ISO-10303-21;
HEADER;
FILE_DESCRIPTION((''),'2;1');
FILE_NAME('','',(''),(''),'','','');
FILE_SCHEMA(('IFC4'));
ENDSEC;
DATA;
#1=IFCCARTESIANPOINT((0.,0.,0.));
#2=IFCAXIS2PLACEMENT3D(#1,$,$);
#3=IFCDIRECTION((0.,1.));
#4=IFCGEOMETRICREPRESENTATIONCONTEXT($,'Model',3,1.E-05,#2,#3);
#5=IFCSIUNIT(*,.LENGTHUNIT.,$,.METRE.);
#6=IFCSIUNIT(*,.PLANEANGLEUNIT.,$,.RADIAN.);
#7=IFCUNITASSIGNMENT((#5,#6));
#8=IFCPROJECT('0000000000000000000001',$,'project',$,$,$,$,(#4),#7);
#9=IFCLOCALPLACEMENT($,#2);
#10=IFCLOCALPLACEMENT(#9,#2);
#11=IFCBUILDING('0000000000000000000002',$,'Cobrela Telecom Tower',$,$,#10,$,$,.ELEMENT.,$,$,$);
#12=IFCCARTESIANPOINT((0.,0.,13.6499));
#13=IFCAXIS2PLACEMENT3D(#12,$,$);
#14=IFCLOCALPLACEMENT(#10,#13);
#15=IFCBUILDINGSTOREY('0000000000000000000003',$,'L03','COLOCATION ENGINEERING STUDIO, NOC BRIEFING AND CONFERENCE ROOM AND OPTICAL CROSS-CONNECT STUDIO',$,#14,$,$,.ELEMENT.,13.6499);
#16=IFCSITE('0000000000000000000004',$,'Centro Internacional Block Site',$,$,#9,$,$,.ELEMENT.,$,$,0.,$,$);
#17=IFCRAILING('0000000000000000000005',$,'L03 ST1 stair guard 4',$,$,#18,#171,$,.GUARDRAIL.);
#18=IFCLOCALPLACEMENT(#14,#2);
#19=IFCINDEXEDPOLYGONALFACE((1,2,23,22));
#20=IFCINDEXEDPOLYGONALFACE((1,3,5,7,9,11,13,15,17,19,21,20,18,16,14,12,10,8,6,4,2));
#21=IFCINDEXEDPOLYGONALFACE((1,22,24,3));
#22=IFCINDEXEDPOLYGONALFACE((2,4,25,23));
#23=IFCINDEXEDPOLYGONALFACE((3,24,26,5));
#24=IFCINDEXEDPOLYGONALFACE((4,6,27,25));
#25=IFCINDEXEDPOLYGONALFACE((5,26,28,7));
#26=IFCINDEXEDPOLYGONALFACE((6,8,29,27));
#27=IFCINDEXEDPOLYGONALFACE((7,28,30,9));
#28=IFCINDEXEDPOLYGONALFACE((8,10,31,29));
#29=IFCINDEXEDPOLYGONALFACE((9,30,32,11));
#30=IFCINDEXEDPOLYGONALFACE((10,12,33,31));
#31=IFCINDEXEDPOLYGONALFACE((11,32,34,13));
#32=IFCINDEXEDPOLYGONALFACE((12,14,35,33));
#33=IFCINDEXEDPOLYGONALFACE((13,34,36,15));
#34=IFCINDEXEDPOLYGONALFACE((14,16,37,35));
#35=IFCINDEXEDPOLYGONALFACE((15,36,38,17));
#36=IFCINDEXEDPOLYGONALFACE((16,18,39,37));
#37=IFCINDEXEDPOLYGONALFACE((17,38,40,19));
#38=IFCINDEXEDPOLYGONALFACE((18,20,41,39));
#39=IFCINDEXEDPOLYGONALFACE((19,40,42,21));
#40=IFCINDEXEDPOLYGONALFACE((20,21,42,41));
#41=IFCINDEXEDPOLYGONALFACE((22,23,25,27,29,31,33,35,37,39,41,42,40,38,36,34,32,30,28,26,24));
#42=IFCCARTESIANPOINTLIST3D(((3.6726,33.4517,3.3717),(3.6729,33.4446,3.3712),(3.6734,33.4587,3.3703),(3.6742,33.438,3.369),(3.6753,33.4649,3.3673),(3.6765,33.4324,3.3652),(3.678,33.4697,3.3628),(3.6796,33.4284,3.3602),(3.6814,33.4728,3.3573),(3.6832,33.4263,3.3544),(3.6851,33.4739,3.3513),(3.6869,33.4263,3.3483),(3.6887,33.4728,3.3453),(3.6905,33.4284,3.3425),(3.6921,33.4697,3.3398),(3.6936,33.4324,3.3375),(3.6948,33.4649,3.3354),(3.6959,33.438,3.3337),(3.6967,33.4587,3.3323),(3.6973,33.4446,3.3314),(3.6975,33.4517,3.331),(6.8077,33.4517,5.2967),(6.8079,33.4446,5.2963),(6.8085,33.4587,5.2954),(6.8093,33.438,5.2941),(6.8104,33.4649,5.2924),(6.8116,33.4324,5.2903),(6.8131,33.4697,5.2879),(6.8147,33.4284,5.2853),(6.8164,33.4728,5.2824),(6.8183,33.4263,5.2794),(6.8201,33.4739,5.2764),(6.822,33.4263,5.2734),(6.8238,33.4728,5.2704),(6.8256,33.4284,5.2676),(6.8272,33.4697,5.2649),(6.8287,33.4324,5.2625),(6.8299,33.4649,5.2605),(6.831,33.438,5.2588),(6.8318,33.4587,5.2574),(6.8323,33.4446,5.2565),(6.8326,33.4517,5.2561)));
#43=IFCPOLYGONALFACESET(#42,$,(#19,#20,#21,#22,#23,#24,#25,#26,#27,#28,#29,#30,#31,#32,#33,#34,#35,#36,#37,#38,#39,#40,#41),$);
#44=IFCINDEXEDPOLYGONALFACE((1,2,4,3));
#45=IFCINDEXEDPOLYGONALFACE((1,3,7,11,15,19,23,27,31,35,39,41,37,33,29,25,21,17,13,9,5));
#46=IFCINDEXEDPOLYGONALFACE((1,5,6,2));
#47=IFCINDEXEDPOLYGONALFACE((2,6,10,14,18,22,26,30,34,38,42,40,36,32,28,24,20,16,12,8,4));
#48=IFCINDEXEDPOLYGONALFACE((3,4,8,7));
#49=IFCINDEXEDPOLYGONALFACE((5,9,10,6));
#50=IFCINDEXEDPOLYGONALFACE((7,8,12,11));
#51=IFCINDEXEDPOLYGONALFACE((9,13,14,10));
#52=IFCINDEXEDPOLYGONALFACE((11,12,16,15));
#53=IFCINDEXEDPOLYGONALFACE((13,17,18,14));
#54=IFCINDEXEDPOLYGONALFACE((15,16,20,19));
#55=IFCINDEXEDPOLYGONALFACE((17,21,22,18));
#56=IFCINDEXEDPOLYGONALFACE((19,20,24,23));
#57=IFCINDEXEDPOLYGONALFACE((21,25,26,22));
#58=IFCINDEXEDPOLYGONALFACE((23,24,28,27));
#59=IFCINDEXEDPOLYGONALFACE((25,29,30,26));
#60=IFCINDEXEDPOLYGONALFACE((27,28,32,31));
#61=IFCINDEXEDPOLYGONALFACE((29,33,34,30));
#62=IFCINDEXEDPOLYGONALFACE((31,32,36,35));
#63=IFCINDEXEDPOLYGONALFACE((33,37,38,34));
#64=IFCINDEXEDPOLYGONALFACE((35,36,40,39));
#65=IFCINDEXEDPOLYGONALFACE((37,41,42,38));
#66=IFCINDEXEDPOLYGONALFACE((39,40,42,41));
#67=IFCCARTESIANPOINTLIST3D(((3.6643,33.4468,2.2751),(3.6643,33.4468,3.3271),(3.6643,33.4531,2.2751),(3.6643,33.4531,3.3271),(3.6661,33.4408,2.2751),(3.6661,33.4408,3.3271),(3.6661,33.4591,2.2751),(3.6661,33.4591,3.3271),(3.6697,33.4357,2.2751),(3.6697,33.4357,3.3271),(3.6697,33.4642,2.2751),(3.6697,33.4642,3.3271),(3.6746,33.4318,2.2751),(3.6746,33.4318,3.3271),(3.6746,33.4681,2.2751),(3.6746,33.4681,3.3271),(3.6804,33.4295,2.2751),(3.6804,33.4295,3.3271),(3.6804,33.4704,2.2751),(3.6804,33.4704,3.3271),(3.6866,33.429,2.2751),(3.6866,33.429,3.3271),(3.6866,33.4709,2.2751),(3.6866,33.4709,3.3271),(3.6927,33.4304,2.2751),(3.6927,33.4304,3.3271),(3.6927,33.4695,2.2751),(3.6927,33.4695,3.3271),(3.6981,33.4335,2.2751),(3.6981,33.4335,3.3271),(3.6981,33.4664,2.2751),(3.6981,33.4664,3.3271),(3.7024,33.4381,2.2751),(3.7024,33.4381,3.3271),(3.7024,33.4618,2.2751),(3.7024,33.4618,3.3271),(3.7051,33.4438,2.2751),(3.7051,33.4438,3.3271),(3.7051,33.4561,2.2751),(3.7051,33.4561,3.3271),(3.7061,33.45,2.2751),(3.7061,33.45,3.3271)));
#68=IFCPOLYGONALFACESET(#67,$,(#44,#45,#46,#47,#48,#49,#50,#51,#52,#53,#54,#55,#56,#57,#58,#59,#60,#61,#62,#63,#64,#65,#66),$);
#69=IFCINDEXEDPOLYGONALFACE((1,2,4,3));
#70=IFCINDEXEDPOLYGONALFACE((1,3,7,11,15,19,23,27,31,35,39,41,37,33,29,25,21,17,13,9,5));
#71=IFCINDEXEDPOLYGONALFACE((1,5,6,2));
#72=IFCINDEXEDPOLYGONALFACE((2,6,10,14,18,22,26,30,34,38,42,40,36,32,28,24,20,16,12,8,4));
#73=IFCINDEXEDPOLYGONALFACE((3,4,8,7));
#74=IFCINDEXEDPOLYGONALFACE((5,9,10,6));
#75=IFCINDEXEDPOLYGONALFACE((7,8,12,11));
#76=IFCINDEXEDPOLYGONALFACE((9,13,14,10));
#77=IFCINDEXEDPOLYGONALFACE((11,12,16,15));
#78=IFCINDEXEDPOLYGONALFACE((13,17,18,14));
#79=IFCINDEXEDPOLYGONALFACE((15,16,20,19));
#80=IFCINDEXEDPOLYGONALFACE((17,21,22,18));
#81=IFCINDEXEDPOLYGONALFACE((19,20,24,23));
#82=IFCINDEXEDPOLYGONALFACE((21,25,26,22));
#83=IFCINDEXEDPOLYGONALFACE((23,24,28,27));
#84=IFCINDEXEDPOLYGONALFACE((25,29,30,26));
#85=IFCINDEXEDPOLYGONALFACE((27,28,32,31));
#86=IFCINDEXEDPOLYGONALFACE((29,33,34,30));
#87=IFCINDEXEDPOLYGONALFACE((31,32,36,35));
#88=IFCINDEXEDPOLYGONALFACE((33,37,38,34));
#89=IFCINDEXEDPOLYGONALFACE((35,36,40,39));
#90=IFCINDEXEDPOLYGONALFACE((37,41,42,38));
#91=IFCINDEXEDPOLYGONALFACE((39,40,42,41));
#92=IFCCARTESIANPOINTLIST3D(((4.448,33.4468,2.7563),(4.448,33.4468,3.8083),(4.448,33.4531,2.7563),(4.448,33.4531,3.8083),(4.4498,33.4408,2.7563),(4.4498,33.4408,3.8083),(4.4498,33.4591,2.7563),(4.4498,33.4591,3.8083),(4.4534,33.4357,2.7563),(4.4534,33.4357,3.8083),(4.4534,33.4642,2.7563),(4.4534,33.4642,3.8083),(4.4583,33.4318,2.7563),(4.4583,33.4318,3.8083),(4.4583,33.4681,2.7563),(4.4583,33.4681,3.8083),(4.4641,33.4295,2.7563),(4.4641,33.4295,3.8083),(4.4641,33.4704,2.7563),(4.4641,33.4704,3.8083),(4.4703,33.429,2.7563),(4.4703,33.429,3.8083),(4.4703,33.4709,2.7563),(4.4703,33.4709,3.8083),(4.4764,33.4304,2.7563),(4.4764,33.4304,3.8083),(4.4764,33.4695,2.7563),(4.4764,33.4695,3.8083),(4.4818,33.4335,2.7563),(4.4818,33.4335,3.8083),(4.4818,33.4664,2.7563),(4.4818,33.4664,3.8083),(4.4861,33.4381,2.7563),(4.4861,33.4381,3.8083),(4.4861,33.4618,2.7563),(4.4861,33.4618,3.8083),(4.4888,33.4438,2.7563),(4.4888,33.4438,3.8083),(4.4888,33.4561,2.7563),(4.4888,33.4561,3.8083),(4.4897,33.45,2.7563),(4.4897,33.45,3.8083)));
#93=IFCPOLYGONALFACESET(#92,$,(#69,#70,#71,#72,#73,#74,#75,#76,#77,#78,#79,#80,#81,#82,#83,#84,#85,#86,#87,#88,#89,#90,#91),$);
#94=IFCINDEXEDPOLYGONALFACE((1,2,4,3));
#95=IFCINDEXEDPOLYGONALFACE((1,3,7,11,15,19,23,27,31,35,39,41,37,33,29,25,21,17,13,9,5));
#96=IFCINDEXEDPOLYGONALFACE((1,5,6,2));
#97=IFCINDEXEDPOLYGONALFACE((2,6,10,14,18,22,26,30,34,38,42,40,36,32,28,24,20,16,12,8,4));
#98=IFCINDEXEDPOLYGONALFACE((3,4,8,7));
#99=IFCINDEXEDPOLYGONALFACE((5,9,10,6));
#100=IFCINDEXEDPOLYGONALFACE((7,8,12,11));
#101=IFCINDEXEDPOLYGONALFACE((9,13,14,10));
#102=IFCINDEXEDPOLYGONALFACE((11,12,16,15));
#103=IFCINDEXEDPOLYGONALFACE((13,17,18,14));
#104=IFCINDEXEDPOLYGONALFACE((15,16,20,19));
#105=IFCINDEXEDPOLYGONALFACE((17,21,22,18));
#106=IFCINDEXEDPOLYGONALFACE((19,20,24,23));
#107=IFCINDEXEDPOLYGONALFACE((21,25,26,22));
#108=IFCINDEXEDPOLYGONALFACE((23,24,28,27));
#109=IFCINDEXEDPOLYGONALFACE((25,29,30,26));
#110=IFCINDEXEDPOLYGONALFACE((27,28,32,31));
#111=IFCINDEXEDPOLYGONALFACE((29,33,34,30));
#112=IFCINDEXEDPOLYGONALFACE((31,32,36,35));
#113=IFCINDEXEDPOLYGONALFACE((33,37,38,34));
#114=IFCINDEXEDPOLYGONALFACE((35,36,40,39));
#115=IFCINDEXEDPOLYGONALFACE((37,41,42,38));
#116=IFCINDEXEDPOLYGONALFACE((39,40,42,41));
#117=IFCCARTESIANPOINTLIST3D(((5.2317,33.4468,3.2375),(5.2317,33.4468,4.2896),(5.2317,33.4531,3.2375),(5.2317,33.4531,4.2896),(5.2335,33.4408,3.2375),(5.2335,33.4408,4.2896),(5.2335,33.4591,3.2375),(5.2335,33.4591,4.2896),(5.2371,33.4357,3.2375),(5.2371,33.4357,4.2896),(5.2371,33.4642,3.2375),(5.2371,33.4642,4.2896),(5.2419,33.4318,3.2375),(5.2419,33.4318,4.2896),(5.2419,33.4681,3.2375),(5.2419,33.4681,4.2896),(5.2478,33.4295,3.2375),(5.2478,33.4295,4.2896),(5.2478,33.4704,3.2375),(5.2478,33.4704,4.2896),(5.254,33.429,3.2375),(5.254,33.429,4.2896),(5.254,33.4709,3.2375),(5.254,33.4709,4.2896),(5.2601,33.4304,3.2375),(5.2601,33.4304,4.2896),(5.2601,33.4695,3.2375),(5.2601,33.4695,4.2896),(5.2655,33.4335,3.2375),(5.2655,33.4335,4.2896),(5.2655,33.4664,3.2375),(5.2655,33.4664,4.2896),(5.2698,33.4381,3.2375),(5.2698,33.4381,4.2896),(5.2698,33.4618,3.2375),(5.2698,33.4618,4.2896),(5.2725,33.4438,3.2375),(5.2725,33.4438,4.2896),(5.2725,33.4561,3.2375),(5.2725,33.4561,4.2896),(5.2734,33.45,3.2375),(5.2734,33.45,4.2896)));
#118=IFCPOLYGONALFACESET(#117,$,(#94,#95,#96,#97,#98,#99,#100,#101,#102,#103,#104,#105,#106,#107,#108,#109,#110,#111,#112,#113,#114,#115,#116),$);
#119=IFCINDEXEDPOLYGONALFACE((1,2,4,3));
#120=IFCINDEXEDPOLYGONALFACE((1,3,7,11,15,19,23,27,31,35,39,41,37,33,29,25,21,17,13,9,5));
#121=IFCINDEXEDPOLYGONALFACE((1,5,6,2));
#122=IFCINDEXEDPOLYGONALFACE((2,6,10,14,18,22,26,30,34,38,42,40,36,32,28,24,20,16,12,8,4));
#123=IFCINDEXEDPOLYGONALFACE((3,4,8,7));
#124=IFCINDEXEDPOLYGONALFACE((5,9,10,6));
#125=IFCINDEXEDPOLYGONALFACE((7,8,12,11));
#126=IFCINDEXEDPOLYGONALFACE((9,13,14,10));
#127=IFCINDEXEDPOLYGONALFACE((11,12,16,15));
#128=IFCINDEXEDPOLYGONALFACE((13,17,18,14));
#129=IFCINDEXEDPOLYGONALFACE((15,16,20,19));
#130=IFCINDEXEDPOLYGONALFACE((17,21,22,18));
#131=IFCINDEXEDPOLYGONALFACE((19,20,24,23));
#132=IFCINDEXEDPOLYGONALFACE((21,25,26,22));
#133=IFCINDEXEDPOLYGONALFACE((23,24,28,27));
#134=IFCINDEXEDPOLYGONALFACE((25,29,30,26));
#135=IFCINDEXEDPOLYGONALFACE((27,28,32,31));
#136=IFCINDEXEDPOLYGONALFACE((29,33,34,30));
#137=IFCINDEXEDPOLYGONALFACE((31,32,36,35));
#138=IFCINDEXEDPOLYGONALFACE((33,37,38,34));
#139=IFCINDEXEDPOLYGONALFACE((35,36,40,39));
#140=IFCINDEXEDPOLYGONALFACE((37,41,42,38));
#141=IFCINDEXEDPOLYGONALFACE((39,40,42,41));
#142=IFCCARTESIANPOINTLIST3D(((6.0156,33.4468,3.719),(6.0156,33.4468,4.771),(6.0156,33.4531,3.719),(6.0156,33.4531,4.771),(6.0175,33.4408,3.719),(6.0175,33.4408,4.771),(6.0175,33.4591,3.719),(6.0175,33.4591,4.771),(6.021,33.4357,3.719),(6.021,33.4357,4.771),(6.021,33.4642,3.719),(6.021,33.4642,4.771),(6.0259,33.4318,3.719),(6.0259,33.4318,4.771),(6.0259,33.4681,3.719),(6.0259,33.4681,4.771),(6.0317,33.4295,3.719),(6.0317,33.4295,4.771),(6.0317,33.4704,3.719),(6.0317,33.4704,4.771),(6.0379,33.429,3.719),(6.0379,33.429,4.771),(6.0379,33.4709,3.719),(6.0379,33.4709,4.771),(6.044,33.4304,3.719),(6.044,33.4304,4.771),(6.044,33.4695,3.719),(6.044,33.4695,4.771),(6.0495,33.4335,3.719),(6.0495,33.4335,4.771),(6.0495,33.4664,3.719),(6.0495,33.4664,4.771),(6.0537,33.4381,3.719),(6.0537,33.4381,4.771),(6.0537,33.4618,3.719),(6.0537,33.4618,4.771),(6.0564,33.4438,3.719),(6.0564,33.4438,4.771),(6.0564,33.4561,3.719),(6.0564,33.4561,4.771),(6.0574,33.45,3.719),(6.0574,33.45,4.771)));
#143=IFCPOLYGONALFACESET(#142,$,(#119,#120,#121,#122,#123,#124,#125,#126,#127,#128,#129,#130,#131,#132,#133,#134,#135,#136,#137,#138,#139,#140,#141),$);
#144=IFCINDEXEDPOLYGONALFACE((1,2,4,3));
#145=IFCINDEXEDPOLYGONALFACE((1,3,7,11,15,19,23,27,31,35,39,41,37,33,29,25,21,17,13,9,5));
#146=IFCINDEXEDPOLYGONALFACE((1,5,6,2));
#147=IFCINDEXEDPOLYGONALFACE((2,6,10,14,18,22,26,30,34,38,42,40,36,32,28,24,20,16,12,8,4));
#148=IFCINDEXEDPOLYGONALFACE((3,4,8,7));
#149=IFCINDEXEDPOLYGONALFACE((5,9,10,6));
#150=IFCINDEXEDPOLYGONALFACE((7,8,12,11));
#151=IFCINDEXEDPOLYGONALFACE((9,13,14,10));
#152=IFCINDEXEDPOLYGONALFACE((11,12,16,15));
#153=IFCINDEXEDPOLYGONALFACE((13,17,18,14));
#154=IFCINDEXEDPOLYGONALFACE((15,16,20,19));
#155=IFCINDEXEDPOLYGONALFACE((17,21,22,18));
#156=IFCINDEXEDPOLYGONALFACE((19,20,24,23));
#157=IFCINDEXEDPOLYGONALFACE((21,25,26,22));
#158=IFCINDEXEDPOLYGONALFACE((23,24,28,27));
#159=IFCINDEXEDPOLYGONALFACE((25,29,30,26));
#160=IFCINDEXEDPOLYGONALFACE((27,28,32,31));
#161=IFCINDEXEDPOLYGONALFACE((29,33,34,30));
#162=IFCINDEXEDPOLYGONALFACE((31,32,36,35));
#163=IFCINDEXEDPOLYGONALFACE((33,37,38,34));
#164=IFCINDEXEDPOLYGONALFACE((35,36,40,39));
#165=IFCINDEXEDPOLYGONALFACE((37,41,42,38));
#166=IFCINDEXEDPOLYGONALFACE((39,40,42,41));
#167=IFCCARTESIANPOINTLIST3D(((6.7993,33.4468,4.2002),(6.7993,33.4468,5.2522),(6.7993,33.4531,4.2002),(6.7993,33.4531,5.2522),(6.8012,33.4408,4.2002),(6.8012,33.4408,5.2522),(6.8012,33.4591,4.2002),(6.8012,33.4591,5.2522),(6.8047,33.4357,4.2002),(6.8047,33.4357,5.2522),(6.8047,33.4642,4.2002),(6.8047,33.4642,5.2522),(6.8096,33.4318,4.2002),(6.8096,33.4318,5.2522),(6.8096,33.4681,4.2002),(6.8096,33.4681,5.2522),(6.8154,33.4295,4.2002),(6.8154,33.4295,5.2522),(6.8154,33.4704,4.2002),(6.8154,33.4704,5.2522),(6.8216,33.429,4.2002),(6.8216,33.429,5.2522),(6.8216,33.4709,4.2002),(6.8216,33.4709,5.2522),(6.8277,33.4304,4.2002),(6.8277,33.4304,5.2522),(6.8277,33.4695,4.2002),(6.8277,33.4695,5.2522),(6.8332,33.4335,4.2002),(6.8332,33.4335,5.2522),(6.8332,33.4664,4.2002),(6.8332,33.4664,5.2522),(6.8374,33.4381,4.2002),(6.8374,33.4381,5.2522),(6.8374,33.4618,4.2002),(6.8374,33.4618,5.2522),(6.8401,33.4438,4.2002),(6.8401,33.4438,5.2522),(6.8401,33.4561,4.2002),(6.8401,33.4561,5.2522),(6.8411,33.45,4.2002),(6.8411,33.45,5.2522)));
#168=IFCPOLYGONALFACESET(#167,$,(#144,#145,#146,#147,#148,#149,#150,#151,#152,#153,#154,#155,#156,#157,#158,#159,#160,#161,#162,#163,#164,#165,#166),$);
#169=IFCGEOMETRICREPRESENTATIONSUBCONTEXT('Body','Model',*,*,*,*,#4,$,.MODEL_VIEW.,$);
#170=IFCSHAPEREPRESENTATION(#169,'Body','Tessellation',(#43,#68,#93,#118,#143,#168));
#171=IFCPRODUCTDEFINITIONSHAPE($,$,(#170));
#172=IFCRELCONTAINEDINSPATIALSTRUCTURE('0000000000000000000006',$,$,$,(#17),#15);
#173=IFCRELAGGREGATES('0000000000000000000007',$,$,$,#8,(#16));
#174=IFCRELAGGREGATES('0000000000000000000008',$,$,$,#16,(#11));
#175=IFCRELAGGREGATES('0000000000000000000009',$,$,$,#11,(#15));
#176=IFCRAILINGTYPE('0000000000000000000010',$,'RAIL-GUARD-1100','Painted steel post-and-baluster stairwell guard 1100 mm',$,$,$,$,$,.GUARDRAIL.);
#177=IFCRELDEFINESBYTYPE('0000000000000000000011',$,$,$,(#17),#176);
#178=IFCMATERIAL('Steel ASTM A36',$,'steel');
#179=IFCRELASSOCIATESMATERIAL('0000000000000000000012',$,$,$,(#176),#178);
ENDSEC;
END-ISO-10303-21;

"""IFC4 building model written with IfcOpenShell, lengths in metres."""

from ifc_helpers import new_model, si_unit, direction, frame, origin, origin_2d, place, context, subcontext, project, spatial, circle, extrude, material, type_object, element, save


model = new_model("IFC4")

# Units and contexts
model_context = context("Model", 3, precision=1e-05, world=origin(), true_north=direction((0.0, 1.0)))
body_context = subcontext(model_context, "Body", "Model", "MODEL_VIEW")
ifc_project = project(units=[si_unit("LENGTHUNIT", "METRE"), si_unit("PLANEANGLEUNIT", "RADIAN")], contexts=[model_context])

# Site, building, storey
site_placement = place(None, origin())
site = spatial("IfcSite", under=ifc_project, at=site_placement, Name="Centro Internacional Block Site", CompositionType="ELEMENT", RefElevation=0.0)
building_placement = place(site_placement, origin())
building = spatial("IfcBuilding", under=site, at=building_placement, Name="Cobrela Telecom Tower", CompositionType="ELEMENT")
storey_placement = place(building_placement, frame((0.0, 0.0, 13.6499)))
storey = spatial("IfcBuildingStorey", under=building, at=storey_placement, Name="L03", Description="COLOCATION ENGINEERING STUDIO, NOC BRIEFING AND CONFERENCE ROOM AND OPTICAL CROSS-CONNECT STUDIO", CompositionType="ELEMENT", Elevation=13.6499)

# Shared definitions
ifc_material_1 = material(Name="Steel ASTM A36", Category="steel")

# Railing
railing_type_1 = type_object("IfcRailingType", Name="RAIL-GUARD-1100", Description="Painted steel post-and-baluster stairwell guard 1100 mm", PredefinedType="GUARDRAIL", material=ifc_material_1)
railing_1_placement = place(storey_placement, frame((3.6851, 33.45, 2.2751)))
element("IfcRailing", 1, at=railing_1_placement, inside=storey, type_object=railing_type_1, Name="L03 ST1 stair guard 4", PredefinedType="GUARDRAIL", context=body_context, shape_type="SweptSolid", body=[
    extrude(circle(Radius=0.0239, at=origin_2d()), frame((0.0, 0.0, 1.0762), z_axis=(0.852166, 0.0, 0.523271), x_axis=(0.0, 1.0, 0.0)), (0.0, 0.0, 1.0), 3.679),
    extrude(circle(Radius=0.021, at=origin_2d()), origin(), (0.0, 0.0, 1.0), 1.052),
    extrude(circle(Radius=0.021, at=origin_2d()), frame((0.7837, 0.0, 0.4812)), (0.0, 0.0, 1.0), 1.052),
    extrude(circle(Radius=0.021, at=origin_2d()), frame((1.5674, 0.0, 0.9624)), (0.0, 0.0, 1.0), 1.052),
    extrude(circle(Radius=0.021, at=origin_2d()), frame((2.3513, 0.0, 1.4438)), (0.0, 0.0, 1.0), 1.052),
    extrude(circle(Radius=0.021, at=origin_2d()), frame((3.135, 0.0, 1.925)), (0.0, 0.0, 1.0), 1.052),
])

save(model, "model.ifc")
